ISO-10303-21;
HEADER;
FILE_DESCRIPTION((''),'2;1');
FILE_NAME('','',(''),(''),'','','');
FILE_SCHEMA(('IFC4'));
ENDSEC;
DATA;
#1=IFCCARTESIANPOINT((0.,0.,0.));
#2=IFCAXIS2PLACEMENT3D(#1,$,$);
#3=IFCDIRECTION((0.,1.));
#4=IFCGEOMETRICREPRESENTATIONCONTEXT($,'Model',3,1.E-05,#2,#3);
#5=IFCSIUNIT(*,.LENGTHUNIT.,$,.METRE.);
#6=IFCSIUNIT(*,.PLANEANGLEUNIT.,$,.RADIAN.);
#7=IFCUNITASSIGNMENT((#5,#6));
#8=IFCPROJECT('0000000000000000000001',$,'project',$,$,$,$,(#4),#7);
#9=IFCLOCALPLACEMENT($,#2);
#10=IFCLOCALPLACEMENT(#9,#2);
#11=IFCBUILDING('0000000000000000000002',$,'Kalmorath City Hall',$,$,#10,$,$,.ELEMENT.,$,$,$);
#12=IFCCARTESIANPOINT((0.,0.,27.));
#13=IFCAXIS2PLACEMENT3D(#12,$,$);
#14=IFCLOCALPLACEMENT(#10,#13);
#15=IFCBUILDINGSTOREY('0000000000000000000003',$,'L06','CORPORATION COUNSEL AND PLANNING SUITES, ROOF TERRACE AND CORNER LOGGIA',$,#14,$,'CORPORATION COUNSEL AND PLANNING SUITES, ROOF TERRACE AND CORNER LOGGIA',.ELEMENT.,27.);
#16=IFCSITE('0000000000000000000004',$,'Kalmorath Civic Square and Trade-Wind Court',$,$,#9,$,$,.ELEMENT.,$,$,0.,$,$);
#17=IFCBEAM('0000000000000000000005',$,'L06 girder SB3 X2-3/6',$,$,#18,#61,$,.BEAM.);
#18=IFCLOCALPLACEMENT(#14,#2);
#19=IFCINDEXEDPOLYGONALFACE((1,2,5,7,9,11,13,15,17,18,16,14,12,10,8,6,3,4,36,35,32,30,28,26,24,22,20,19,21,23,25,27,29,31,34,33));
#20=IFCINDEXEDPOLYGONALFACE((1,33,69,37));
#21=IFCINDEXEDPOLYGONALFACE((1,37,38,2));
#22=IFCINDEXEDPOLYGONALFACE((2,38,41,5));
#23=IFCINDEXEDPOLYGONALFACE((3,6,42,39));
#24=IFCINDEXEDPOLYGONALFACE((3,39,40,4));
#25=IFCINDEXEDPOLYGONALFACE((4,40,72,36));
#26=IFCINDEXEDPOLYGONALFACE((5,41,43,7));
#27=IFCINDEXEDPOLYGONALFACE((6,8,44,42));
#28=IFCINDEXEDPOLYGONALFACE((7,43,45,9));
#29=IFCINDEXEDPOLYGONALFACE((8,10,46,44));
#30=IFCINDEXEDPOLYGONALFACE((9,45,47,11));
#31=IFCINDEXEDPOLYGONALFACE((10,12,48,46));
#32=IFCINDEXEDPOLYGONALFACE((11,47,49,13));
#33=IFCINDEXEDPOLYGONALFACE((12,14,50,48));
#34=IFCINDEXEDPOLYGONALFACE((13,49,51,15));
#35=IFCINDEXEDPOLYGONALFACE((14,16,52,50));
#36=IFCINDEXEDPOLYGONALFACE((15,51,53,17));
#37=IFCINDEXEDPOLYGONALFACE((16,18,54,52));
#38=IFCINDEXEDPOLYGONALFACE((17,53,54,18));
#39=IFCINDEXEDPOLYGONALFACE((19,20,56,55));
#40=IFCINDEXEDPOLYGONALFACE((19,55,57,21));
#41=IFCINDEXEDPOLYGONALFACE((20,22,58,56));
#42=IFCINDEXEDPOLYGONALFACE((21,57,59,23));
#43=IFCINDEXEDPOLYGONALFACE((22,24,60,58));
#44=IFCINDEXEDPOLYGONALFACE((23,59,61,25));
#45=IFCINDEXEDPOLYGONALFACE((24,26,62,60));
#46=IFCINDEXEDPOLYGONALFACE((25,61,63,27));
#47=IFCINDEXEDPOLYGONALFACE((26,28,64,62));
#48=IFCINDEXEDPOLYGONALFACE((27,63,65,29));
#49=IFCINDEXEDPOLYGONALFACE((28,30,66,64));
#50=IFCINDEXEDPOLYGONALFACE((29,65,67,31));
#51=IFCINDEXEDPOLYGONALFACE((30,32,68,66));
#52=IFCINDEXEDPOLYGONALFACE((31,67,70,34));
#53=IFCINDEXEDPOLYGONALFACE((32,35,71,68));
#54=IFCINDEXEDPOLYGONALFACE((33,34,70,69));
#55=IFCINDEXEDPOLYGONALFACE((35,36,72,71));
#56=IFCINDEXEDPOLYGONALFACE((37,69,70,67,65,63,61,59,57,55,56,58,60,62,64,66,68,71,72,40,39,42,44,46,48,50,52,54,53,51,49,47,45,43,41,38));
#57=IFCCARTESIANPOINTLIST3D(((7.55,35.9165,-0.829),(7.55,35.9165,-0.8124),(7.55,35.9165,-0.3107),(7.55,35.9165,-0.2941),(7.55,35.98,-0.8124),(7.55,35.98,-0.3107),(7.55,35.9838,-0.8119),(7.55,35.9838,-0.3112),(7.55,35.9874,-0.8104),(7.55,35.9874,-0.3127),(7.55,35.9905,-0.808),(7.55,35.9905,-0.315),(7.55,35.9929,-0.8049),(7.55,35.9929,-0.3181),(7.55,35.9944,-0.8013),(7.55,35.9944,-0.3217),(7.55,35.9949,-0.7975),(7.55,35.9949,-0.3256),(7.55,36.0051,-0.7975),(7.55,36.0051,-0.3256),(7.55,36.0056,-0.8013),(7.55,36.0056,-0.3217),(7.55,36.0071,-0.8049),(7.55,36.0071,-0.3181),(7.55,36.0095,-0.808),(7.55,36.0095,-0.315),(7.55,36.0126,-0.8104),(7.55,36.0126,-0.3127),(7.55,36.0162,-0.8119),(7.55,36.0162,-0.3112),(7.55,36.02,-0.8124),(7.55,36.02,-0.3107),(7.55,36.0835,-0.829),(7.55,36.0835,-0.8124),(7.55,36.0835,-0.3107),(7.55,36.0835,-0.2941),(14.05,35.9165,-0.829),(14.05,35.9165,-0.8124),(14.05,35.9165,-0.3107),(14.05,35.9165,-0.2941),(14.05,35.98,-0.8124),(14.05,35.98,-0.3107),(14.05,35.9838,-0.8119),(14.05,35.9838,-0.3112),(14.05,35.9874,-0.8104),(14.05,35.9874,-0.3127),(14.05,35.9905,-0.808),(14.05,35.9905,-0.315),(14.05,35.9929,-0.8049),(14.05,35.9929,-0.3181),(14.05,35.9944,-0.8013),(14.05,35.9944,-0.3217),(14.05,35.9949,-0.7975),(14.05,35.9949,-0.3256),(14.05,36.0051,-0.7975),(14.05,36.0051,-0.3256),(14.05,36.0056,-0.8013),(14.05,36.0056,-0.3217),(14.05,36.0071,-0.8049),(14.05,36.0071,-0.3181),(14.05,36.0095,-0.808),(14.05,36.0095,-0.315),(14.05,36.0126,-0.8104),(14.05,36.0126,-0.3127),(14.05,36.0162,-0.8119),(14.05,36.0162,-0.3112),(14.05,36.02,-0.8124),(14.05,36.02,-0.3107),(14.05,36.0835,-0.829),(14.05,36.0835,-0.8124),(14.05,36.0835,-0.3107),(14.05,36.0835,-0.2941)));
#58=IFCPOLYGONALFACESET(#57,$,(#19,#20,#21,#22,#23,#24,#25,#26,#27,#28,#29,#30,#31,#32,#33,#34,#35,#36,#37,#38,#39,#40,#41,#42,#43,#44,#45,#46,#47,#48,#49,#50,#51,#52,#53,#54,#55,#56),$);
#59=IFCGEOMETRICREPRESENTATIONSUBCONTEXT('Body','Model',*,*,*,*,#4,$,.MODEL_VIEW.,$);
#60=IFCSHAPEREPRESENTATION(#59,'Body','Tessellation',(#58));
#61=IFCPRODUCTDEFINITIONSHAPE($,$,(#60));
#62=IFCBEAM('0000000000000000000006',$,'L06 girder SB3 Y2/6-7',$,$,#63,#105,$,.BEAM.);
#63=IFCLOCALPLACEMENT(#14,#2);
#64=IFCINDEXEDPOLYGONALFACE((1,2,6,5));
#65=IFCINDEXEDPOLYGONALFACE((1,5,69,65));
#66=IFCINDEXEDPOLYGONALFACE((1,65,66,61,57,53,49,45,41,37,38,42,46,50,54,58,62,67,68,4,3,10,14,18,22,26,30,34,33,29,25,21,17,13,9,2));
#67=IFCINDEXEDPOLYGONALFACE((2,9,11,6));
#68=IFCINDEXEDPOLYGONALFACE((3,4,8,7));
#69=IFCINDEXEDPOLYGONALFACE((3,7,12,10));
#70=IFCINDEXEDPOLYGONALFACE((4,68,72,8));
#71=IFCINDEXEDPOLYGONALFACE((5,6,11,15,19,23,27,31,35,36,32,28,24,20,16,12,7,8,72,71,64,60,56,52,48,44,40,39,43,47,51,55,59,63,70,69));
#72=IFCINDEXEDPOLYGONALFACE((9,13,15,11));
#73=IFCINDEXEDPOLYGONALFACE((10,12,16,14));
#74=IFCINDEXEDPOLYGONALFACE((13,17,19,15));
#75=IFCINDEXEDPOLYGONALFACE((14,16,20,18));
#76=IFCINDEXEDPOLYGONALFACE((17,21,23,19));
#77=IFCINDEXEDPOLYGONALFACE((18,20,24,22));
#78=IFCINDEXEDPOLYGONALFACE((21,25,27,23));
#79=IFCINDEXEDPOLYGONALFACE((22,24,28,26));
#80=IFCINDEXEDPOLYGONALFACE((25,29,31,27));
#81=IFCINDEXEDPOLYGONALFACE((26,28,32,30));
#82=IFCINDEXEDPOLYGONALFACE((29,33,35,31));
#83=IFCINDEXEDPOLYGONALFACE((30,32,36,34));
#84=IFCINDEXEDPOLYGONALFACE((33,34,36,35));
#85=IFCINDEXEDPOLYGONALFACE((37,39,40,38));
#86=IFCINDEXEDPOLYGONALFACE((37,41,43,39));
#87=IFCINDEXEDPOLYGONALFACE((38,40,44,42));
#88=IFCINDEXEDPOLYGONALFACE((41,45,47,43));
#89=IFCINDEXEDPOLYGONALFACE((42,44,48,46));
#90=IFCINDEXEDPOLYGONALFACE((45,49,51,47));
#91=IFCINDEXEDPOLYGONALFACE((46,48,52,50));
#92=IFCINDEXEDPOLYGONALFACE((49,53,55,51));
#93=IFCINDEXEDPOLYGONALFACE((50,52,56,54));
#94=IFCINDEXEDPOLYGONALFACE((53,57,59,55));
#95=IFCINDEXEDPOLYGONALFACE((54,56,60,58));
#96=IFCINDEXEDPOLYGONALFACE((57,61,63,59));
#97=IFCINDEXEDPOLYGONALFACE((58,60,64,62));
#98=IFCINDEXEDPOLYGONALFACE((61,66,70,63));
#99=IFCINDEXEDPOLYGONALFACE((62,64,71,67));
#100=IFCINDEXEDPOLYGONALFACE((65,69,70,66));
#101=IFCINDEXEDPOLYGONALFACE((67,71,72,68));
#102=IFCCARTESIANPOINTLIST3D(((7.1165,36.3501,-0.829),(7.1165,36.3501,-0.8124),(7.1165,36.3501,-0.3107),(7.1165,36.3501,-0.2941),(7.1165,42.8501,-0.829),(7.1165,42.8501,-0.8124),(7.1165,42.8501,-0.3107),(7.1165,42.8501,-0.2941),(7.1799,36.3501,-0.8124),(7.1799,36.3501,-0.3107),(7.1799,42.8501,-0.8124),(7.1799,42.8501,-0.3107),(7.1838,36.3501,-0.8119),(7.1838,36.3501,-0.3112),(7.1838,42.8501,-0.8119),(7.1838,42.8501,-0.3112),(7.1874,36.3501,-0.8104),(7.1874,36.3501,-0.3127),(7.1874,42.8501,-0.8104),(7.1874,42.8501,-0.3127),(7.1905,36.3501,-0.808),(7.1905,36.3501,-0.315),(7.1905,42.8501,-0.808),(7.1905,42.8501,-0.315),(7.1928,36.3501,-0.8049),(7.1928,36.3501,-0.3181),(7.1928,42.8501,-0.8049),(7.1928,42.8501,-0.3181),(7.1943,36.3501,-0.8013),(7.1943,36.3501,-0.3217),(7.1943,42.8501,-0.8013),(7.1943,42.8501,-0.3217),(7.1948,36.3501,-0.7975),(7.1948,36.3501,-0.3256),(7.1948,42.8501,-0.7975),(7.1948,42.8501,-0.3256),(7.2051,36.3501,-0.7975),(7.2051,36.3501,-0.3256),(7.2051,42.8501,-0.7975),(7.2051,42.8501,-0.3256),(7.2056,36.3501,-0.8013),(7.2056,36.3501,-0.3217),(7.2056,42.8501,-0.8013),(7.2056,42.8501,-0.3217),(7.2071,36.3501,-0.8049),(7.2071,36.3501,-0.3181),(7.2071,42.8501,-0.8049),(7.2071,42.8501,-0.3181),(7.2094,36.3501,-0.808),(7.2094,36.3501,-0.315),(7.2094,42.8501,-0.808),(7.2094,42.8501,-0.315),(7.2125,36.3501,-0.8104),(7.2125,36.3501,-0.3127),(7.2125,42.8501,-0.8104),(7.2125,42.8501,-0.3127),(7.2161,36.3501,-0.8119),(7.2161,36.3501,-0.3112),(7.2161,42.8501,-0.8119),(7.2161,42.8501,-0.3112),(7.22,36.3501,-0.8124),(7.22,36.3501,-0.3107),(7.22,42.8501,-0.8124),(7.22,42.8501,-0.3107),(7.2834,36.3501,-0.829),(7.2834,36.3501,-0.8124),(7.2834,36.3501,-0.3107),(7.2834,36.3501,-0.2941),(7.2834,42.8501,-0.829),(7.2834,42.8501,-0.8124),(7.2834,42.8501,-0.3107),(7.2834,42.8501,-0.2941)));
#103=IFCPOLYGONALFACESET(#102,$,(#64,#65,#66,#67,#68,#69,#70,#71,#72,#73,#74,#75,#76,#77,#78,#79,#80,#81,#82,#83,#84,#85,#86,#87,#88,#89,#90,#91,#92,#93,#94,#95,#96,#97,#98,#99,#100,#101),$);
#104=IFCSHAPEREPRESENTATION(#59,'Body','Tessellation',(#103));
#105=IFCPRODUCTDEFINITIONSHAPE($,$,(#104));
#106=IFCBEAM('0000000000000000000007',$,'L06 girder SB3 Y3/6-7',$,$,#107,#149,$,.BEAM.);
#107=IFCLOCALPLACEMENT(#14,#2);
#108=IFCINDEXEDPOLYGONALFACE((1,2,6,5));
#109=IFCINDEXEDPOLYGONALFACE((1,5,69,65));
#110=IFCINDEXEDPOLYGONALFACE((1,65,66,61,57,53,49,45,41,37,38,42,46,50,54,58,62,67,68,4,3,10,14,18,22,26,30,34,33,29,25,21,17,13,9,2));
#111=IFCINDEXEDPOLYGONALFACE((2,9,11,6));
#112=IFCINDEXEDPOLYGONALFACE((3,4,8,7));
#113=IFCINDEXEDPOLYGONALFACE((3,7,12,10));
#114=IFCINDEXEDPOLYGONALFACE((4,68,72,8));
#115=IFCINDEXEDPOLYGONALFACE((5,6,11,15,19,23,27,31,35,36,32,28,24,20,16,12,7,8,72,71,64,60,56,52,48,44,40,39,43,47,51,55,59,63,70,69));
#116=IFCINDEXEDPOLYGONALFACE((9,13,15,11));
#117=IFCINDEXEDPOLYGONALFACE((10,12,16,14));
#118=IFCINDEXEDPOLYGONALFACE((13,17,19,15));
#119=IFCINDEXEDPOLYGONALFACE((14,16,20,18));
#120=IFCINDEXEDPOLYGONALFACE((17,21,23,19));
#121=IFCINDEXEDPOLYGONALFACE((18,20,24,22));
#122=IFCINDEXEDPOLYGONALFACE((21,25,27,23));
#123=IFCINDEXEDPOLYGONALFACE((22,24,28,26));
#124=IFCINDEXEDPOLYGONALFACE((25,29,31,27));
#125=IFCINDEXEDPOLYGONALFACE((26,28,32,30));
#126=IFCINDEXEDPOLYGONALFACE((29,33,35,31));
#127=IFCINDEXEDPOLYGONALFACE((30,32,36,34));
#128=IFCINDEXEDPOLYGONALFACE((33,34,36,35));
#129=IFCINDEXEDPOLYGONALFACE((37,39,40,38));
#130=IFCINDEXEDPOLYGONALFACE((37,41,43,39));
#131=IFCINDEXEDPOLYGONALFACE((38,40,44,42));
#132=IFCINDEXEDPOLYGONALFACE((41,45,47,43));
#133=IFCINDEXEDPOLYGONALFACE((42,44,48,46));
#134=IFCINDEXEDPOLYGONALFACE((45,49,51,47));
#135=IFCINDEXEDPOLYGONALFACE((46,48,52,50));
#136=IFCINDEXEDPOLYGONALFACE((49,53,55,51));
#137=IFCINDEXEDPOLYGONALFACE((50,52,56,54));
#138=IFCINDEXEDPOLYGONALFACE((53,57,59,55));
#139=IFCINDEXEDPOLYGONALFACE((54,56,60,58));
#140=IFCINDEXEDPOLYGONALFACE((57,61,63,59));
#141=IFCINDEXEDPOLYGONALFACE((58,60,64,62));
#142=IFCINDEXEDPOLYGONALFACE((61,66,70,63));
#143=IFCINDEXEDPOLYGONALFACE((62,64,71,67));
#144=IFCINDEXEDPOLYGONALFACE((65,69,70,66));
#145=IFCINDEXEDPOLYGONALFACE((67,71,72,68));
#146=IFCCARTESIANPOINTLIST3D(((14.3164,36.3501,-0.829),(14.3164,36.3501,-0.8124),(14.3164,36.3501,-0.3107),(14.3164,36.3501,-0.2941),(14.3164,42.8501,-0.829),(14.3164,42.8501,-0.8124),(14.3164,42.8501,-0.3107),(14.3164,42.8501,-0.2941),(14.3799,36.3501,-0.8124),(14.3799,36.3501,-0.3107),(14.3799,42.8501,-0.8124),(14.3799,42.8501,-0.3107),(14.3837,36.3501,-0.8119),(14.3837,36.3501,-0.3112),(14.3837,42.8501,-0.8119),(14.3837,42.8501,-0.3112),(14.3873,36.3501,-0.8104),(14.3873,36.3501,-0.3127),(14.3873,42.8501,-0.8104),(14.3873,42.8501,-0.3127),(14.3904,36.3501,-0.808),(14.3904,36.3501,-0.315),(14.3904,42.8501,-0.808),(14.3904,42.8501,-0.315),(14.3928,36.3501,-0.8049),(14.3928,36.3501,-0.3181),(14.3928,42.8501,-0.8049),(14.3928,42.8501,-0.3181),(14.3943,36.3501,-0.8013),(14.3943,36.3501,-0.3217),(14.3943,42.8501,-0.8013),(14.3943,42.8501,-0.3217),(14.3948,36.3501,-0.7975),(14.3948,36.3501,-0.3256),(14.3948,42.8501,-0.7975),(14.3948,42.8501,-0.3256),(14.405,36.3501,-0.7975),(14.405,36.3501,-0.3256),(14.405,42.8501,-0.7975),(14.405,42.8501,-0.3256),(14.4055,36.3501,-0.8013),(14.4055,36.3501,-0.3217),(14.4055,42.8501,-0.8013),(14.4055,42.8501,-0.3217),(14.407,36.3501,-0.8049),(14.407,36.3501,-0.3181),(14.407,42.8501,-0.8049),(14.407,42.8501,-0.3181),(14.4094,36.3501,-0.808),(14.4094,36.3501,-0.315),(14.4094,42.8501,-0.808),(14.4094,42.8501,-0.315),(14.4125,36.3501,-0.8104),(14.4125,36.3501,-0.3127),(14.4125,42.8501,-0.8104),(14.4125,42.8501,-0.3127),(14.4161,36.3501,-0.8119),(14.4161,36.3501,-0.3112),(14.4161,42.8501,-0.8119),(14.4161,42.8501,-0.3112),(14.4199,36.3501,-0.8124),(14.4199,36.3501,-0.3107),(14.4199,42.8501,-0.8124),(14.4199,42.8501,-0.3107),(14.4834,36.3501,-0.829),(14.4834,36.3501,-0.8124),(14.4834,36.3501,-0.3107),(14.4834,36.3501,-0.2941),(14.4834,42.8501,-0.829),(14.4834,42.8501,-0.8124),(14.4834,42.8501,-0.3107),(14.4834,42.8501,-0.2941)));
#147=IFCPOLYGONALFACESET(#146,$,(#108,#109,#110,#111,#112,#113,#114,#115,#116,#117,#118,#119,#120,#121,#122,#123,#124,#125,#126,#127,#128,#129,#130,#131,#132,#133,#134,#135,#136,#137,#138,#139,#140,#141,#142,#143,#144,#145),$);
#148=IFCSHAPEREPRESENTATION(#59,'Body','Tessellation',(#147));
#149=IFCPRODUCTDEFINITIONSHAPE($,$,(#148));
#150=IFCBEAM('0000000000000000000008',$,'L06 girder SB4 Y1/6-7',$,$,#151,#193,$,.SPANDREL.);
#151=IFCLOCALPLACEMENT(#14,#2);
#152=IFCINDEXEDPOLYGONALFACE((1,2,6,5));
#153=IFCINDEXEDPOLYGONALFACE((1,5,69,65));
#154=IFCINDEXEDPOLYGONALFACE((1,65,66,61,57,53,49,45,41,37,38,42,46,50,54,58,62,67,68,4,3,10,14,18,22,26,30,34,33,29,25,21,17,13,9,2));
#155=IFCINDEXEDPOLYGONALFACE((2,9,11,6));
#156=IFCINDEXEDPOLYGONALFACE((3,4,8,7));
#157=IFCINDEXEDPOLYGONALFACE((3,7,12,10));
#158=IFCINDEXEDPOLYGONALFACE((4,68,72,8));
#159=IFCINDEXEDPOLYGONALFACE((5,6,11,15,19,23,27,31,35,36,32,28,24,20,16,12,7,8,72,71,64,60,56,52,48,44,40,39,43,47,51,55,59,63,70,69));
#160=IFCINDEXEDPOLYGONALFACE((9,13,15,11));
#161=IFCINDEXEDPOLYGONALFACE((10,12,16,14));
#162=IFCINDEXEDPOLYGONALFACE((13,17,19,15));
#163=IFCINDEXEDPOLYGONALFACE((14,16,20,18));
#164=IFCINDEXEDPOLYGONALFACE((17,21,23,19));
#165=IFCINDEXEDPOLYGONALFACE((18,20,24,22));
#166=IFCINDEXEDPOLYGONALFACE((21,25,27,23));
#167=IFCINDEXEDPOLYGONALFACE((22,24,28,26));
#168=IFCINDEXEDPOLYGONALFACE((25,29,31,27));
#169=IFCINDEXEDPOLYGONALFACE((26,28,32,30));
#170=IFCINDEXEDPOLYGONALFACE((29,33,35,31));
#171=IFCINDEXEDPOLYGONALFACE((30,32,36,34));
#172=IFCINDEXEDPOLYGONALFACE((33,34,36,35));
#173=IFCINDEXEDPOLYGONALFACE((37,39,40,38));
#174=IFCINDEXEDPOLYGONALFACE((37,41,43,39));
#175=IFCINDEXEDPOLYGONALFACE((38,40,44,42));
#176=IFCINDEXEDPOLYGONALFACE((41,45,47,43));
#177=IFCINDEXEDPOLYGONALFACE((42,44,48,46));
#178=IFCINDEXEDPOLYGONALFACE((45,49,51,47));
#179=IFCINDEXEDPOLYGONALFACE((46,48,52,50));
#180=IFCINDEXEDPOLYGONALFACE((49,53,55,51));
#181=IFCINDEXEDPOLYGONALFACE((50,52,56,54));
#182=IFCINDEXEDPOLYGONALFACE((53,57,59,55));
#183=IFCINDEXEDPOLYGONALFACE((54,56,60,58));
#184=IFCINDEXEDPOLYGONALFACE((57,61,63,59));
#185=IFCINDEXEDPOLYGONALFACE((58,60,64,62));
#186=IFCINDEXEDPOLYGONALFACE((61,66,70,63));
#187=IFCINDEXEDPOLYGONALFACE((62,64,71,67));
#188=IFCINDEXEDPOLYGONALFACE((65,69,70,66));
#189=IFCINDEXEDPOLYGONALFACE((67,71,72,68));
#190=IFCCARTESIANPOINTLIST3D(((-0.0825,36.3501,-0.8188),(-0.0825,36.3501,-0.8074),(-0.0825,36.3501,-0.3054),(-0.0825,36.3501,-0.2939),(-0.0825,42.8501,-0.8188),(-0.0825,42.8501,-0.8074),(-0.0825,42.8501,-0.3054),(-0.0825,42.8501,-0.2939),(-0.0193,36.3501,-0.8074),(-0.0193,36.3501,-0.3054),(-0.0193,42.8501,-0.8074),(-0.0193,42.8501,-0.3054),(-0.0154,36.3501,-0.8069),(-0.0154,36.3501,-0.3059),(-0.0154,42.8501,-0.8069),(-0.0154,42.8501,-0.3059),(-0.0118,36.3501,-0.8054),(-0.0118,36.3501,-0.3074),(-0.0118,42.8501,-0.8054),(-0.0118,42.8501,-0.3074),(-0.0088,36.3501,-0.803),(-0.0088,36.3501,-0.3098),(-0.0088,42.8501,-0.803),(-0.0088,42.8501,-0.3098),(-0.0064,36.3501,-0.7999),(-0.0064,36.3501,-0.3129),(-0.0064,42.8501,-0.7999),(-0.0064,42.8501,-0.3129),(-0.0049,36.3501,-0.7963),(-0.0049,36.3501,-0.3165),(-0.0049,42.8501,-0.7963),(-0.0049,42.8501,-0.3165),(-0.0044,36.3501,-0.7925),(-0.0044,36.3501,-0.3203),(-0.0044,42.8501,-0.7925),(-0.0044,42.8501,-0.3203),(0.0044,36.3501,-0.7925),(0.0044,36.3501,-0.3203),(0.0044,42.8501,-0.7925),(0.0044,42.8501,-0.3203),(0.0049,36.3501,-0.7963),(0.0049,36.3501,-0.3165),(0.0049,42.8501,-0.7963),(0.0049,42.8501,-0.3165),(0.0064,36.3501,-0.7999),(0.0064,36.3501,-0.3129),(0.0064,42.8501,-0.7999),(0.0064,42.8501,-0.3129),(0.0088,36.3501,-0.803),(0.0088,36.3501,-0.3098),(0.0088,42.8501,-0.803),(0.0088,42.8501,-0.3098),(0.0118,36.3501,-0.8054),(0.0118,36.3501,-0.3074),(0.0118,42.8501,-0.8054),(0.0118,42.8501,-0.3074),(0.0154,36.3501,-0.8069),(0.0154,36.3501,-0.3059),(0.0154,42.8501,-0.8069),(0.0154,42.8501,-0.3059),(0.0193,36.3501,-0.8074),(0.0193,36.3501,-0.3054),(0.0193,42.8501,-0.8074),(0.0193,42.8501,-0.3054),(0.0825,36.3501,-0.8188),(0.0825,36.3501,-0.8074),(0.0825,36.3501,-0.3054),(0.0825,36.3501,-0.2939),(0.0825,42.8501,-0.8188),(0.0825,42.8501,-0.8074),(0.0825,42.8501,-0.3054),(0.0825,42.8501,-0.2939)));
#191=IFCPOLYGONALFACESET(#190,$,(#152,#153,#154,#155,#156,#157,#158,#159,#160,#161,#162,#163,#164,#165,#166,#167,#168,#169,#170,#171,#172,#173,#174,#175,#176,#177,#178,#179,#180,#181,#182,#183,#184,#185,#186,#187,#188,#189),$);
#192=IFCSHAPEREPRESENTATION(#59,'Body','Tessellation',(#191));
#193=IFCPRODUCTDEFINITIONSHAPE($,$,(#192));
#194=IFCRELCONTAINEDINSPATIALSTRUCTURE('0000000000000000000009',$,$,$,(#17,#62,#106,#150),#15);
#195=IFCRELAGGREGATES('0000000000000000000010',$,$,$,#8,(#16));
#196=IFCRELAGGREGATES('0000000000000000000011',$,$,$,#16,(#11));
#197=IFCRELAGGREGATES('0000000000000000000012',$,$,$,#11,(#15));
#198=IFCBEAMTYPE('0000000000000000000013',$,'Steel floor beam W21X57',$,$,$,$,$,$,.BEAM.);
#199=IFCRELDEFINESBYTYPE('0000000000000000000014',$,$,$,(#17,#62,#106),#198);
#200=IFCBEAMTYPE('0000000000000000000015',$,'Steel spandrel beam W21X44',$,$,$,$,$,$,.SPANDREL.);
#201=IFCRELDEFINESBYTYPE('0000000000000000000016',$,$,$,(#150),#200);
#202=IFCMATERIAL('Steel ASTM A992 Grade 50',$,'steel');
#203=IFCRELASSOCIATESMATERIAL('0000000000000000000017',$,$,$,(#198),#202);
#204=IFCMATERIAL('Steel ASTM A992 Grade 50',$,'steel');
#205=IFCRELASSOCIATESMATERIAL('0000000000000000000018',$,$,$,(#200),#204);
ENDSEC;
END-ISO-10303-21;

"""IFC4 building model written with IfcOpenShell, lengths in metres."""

from ifc_helpers import new_model, si_unit, direction, frame, origin, origin_2d, place, context, subcontext, project, spatial, i_section, extrude, material, material_profile, profile_set, type_object, element, save


model = new_model("IFC4")

# Units and contexts
model_context = context("Model", 3, precision=1e-05, world=origin(), true_north=direction((0.0, 1.0)))
body_context = subcontext(model_context, "Body", "Model", "MODEL_VIEW")
ifc_project = project(units=[si_unit("LENGTHUNIT", "METRE"), si_unit("PLANEANGLEUNIT", "RADIAN")], contexts=[model_context])

# Site, building, storey
site_placement = place(None, origin())
site = spatial("IfcSite", under=ifc_project, at=site_placement, Name="Kalmorath Civic Square and Trade-Wind Court", CompositionType="ELEMENT", RefElevation=0.0)
building_placement = place(site_placement, origin())
building = spatial("IfcBuilding", under=site, at=building_placement, Name="Kalmorath City Hall", CompositionType="ELEMENT")
storey_placement = place(building_placement, frame((0.0, 0.0, 27.0)))
storey = spatial("IfcBuildingStorey", under=building, at=storey_placement, Name="L06", Description="CORPORATION COUNSEL AND PLANNING SUITES, ROOF TERRACE AND CORNER LOGGIA", LongName="CORPORATION COUNSEL AND PLANNING SUITES, ROOF TERRACE AND CORNER LOGGIA", CompositionType="ELEMENT", Elevation=27.0)

# Beams
ifc_material_1 = material(Name="Steel ASTM A992 Grade 50", Category="steel")
ifc_material_profile_1 = material_profile(ifc_material_1, i_section(OverallWidth=0.167, OverallDepth=0.5349, WebThickness=0.0103, FlangeThickness=0.0166, FilletRadius=0.0149, at=origin_2d()), Name="W21X57")
ifc_profile_set_1 = profile_set([ifc_material_profile_1], Name="Steel ASTM A992 Grade 50")
beam_type_1 = type_object("IfcBeamType", Name="Steel floor beam W21X57", PredefinedType="BEAM", material=ifc_profile_set_1)
for number, where, z_axis, x_axis, name in (
    (1, (7.55, 36.0, -0.5615), (1.0, 0.0, 0.0), (0.0, 1.0, 0.0), "L06 girder SB3 X2-3/6"),
    (2, (7.2, 36.3501, -0.5615), (0.0, 1.0, 0.0), (-1.0, 0.0, 0.0), "L06 girder SB3 Y2/6-7"),
    (3, (14.3999, 36.3501, -0.5615), (0.0, 1.0, 0.0), (-1.0, 0.0, 0.0), "L06 girder SB3 Y3/6-7"),
):
    element("IfcBeam", number, at=place(storey_placement, frame(where, z_axis=z_axis, x_axis=x_axis)), inside=storey, type_object=beam_type_1, Name=name, PredefinedType="BEAM", context=body_context, shape_type="SweptSolid", body=[
        extrude(i_section(OverallWidth=0.167, OverallDepth=0.5349, WebThickness=0.0103, FlangeThickness=0.0166, FilletRadius=0.0149, at=origin_2d()), origin(), (0.0, 0.0, 1.0), 6.5),
    ])
ifc_material_2 = material(Name="Steel ASTM A992 Grade 50", Category="steel")
ifc_material_profile_2 = material_profile(ifc_material_2, i_section(OverallWidth=0.165, OverallDepth=0.5249, WebThickness=0.0088, FlangeThickness=0.0115, FilletRadius=0.0149, at=origin_2d()), Name="W21X44")
ifc_profile_set_2 = profile_set([ifc_material_profile_2], Name="Steel ASTM A992 Grade 50")
beam_type_2 = type_object("IfcBeamType", Name="Steel spandrel beam W21X44", PredefinedType="SPANDREL", material=ifc_profile_set_2)
beam_1_placement = place(storey_placement, frame((0.0, 36.3501, -0.5564), z_axis=(0.0, 1.0, 0.0), x_axis=(-1.0, 0.0, 0.0)))
element("IfcBeam", 4, at=beam_1_placement, inside=storey, type_object=beam_type_2, Name="L06 girder SB4 Y1/6-7", PredefinedType="SPANDREL", context=body_context, shape_type="SweptSolid", body=[
    extrude(i_section(OverallWidth=0.165, OverallDepth=0.5249, WebThickness=0.0088, FlangeThickness=0.0115, FilletRadius=0.0149, at=origin_2d()), origin(), (0.0, 0.0, 1.0), 6.5),
])

save(model, "model.ifc")
